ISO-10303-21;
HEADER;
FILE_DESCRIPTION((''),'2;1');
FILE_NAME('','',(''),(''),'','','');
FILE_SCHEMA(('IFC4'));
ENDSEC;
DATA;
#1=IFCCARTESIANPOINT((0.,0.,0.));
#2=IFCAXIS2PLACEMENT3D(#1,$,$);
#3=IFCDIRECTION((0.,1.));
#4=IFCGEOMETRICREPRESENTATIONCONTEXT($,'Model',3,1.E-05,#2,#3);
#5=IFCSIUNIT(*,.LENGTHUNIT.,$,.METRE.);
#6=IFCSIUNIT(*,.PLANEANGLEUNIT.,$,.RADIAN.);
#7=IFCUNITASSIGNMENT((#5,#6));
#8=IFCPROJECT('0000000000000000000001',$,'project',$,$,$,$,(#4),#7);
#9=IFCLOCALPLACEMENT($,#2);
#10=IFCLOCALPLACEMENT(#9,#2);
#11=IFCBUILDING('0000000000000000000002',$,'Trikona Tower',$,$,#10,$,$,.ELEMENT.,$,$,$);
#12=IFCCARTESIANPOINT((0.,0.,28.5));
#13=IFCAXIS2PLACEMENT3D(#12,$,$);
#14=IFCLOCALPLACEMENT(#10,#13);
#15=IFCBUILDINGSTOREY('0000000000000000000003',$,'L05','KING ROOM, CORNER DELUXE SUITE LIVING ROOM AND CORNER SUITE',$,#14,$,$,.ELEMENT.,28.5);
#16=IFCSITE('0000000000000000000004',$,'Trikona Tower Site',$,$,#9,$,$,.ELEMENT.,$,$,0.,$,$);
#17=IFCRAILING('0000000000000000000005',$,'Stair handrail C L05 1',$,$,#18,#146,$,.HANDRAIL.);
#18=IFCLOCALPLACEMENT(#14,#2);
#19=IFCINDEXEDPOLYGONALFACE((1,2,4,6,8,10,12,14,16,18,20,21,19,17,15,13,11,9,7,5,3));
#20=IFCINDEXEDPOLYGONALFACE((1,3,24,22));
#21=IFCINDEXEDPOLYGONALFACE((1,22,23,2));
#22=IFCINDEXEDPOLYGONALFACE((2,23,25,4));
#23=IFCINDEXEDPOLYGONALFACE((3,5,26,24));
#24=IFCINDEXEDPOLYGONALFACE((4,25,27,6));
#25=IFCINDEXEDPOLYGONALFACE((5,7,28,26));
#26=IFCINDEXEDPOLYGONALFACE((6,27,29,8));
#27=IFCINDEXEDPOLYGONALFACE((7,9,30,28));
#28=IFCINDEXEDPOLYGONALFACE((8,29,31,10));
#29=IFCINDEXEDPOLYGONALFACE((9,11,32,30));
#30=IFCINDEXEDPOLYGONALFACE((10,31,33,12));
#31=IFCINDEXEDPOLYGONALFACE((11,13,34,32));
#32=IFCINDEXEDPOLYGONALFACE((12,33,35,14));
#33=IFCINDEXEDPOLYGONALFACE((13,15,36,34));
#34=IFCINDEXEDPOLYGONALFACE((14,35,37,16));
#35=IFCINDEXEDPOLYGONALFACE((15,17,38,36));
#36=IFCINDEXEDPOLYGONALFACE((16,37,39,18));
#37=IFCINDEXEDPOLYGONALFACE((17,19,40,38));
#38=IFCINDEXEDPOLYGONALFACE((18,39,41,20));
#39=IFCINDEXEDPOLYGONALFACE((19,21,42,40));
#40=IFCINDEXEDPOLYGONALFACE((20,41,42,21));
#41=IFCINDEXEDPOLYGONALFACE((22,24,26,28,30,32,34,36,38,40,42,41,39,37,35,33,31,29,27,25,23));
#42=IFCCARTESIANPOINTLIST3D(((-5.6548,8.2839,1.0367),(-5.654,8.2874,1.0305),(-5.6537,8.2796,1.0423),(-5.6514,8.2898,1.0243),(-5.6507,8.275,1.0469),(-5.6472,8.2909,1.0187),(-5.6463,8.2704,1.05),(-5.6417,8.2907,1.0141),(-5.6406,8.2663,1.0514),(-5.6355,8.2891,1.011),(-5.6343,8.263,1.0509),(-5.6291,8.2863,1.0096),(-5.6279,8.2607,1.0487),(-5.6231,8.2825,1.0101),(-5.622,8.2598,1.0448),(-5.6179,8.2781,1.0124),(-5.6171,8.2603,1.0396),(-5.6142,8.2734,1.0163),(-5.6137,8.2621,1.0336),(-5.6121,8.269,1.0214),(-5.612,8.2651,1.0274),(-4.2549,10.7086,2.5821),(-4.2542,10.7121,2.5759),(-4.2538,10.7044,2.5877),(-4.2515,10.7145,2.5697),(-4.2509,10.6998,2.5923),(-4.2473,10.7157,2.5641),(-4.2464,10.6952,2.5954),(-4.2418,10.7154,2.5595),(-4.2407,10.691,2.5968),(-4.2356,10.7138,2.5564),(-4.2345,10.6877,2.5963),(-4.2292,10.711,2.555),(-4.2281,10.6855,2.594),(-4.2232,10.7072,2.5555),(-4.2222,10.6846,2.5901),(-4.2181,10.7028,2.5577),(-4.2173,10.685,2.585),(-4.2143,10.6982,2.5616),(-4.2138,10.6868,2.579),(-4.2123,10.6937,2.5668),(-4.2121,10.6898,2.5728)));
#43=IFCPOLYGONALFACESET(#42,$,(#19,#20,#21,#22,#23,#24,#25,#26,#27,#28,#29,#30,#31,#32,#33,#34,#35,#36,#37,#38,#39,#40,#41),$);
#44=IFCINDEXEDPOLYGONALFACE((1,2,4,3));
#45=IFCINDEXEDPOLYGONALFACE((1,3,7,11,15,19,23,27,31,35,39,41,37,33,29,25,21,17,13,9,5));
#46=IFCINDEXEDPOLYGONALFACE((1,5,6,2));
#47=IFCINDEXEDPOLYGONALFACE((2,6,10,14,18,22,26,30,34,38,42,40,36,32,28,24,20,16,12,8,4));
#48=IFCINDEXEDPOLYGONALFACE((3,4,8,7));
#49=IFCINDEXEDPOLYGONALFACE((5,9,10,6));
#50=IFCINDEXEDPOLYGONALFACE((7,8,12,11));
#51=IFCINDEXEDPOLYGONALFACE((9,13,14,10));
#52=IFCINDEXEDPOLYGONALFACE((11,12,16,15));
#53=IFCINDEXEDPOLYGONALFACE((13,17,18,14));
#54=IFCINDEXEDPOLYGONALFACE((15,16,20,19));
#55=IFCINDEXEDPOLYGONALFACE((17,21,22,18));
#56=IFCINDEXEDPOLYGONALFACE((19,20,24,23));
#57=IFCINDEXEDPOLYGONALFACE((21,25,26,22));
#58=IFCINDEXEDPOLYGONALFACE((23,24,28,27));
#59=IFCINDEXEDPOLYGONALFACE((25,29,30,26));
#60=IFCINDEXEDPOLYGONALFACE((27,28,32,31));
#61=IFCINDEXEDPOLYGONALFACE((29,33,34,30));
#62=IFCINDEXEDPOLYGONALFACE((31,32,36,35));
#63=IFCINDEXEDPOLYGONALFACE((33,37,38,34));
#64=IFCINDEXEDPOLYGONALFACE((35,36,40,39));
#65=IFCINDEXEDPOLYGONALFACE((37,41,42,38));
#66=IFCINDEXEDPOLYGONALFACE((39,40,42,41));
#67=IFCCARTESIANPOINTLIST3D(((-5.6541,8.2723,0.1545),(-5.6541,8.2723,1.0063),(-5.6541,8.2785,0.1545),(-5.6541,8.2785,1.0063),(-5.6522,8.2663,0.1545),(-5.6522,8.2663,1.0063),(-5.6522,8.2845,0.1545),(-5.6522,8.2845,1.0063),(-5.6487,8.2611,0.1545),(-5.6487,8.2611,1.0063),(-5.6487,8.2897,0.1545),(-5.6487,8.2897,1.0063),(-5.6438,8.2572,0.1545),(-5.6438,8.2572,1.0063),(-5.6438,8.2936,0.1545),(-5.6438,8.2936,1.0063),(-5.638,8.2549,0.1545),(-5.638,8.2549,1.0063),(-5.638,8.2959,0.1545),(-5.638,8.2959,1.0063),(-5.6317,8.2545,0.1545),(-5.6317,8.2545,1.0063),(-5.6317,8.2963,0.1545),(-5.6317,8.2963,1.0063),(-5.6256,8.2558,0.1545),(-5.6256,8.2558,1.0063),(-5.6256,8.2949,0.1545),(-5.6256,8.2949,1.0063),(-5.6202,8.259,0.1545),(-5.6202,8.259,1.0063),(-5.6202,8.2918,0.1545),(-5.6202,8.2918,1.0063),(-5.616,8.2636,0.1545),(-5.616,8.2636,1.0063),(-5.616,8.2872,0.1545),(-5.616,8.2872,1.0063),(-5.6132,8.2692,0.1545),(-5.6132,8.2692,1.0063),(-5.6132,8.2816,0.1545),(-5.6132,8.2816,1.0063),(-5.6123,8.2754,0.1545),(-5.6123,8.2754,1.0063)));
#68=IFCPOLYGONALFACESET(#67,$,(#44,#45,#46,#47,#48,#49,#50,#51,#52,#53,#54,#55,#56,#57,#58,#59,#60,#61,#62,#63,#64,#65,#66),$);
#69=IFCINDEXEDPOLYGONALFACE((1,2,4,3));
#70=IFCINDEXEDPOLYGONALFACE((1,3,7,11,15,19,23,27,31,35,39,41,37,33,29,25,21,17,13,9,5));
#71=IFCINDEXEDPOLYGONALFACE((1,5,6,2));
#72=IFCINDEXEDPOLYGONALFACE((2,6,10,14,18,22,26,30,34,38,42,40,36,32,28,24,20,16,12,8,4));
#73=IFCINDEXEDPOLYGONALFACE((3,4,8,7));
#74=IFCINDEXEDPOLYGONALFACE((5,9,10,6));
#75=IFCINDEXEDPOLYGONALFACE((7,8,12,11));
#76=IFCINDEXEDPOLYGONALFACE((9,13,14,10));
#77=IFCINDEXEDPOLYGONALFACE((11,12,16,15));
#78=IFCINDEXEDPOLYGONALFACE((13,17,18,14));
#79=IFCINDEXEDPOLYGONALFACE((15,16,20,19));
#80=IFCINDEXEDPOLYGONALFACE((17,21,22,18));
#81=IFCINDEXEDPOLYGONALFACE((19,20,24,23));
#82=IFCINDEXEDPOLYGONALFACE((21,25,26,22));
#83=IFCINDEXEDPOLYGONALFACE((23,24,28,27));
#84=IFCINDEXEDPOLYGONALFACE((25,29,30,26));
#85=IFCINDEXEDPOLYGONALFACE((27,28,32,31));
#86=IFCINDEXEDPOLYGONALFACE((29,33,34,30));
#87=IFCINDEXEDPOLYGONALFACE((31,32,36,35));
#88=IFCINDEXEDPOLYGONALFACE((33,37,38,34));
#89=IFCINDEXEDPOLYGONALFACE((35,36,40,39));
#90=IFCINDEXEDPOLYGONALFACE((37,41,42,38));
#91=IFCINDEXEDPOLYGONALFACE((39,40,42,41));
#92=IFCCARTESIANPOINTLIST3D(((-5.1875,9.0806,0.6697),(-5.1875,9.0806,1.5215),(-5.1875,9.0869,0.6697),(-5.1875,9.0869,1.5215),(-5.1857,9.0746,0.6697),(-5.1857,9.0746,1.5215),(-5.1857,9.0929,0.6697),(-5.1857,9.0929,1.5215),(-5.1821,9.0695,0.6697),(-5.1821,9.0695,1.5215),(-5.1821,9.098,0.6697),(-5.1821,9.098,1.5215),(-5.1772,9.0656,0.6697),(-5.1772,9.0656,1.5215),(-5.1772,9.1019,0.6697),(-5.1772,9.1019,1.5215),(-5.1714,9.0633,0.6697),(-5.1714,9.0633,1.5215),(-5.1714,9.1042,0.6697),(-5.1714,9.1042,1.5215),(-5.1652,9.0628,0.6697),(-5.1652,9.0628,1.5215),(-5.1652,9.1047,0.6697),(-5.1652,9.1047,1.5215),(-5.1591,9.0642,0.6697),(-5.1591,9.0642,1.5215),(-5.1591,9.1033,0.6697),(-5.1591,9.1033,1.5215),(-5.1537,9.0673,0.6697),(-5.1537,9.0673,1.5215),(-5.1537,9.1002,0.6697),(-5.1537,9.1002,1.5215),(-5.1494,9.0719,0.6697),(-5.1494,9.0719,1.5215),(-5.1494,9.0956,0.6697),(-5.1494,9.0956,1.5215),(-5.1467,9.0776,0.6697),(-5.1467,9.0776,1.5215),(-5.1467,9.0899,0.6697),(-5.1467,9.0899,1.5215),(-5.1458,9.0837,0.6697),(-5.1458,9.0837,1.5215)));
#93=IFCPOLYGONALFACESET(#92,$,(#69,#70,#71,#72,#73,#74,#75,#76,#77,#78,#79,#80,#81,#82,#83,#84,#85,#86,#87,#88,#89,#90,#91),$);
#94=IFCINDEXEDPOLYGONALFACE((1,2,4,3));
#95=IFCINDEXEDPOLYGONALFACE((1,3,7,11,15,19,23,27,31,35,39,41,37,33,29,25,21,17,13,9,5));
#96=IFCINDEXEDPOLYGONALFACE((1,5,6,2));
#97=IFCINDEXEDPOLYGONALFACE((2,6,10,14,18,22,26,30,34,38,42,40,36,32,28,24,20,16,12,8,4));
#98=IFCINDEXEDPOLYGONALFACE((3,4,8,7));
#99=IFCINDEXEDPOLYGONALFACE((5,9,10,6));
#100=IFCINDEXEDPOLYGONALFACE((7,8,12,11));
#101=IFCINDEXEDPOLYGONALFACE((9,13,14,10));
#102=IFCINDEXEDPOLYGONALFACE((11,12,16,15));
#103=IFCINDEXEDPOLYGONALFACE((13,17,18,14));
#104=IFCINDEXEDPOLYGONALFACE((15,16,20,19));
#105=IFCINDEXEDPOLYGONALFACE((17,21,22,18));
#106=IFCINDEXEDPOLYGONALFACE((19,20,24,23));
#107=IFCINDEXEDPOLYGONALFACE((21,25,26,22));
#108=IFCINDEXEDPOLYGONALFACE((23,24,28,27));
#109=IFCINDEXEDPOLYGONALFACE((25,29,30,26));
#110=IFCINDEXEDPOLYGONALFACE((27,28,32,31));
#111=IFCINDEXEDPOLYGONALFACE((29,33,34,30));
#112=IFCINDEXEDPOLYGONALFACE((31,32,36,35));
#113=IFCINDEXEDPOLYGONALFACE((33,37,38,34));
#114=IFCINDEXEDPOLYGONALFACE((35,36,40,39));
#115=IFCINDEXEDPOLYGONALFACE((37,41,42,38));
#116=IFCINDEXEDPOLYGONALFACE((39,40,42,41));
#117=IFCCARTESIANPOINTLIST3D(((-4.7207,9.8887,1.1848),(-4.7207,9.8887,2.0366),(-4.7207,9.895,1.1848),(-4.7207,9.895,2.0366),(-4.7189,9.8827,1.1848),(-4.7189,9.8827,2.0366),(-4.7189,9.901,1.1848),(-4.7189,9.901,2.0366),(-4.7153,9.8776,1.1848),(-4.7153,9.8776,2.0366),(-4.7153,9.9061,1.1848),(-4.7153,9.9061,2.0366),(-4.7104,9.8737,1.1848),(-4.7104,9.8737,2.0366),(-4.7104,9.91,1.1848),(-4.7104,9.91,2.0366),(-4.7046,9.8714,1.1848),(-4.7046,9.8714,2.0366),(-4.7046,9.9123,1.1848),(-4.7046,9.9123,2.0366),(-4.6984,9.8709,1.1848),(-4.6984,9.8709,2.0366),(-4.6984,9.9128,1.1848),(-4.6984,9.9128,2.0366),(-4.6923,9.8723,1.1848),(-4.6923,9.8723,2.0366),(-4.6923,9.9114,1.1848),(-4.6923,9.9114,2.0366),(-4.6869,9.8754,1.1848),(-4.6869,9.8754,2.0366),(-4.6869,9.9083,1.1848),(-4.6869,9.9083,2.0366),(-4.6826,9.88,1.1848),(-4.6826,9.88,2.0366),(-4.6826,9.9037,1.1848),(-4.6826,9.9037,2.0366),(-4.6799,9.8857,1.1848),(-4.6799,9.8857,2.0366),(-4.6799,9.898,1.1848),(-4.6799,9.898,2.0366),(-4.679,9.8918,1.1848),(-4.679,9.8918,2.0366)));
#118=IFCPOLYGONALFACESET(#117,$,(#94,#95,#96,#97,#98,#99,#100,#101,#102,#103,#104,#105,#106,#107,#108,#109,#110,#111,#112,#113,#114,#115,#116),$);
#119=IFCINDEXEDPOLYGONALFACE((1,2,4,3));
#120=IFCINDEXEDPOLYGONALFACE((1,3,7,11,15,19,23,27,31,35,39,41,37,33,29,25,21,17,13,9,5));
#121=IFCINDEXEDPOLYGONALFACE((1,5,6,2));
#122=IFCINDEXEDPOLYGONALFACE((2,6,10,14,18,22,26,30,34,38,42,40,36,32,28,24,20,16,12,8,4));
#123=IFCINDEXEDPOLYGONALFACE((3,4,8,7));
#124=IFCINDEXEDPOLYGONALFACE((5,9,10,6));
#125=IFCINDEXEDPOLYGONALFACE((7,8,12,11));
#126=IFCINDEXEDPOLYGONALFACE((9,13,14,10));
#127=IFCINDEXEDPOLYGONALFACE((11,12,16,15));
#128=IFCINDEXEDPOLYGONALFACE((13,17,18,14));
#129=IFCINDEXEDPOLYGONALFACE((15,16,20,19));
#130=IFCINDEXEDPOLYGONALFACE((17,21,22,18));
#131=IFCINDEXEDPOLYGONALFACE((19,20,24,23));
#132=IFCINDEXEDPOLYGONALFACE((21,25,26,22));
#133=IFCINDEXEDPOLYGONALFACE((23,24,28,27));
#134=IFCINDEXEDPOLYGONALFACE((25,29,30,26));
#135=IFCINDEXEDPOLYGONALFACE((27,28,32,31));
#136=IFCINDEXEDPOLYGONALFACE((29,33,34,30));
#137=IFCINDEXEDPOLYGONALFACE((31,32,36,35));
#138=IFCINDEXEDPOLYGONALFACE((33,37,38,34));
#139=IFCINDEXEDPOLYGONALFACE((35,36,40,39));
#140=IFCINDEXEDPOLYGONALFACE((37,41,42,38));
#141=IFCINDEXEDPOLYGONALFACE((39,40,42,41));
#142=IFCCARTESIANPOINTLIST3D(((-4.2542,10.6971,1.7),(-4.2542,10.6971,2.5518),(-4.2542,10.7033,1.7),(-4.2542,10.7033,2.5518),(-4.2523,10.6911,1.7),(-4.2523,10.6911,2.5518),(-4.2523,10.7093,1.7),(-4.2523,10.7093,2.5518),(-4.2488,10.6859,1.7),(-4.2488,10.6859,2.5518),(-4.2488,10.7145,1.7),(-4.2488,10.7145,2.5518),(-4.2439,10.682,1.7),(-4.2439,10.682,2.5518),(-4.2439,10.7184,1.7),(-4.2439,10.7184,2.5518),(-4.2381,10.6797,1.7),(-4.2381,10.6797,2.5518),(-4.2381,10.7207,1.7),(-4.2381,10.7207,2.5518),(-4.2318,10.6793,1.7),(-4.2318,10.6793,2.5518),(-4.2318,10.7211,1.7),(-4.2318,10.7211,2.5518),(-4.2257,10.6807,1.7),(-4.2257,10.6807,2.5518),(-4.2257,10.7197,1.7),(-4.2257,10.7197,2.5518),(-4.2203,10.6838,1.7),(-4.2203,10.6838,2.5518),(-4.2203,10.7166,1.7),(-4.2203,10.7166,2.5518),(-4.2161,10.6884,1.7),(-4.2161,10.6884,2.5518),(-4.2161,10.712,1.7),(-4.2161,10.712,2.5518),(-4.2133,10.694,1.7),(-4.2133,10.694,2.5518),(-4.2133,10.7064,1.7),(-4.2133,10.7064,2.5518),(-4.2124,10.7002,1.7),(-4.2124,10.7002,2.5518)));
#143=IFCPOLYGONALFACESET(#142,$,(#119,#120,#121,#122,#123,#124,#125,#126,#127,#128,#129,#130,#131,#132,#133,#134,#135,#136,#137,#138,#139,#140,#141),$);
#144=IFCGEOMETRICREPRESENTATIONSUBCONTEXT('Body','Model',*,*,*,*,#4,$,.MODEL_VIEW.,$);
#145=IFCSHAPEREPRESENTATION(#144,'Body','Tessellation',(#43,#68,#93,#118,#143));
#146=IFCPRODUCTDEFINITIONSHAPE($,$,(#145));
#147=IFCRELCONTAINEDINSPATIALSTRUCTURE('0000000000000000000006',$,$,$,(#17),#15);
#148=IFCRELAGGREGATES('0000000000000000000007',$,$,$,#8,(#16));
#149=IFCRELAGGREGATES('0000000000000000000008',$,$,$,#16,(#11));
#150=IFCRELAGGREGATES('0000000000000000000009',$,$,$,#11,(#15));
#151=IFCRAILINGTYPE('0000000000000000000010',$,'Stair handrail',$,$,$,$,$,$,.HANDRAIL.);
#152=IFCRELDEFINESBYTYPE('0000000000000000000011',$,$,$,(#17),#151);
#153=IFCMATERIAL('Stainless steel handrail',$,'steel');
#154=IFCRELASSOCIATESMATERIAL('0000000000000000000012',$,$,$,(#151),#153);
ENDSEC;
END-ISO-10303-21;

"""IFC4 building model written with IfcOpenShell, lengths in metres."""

from ifc_helpers import new_model, si_unit, direction, frame, origin, origin_2d, place, context, subcontext, project, spatial, circle, extrude, material, type_object, element, save


model = new_model("IFC4")

# Units and contexts
model_context = context("Model", 3, precision=1e-05, world=origin(), true_north=direction((0.0, 1.0)))
body_context = subcontext(model_context, "Body", "Model", "MODEL_VIEW")
ifc_project = project(units=[si_unit("LENGTHUNIT", "METRE"), si_unit("PLANEANGLEUNIT", "RADIAN")], contexts=[model_context])

# Site, building, storey
site_placement = place(None, origin())
site = spatial("IfcSite", under=ifc_project, at=site_placement, Name="Trikona Tower Site", CompositionType="ELEMENT", RefElevation=0.0)
building_placement = place(site_placement, origin())
building = spatial("IfcBuilding", under=site, at=building_placement, Name="Trikona Tower", CompositionType="ELEMENT")
storey_placement = place(building_placement, frame((0.0, 0.0, 28.5)))
storey = spatial("IfcBuildingStorey", under=building, at=storey_placement, Name="L05", Description="KING ROOM, CORNER DELUXE SUITE LIVING ROOM AND CORNER SUITE", CompositionType="ELEMENT", Elevation=28.5)

# Railing
ifc_material_1 = material(Name="Stainless steel handrail", Category="steel")
railing_type = type_object("IfcRailingType", Name="Stair handrail", PredefinedType="HANDRAIL", material=ifc_material_1)
railing_1_placement = place(storey_placement, frame((-5.6333, 8.2754, 0.1545)))
element("IfcRailing", 1, at=railing_1_placement, inside=storey, type_object=railing_type, Name="Stair handrail C L05 1", PredefinedType="HANDRAIL", context=body_context, shape_type="SweptSolid", body=[
    extrude(circle(Radius=0.0239, at=origin_2d()), frame((0.0, 0.0, 0.876), z_axis=(0.437733, 0.758207, 0.483231), x_axis=(-0.866035, 0.499984, 0.0)), (0.0, 0.0, 1.0), 3.198),
    extrude(circle(Radius=0.021, at=origin_2d()), origin(), (0.0, 0.0, 1.0), 0.8518),
    extrude(circle(Radius=0.021, at=origin_2d()), frame((0.4666, 0.8083, 0.5151)), (0.0, 0.0, 1.0), 0.8518),
    extrude(circle(Radius=0.021, at=origin_2d()), frame((0.9333, 1.6165, 1.0303)), (0.0, 0.0, 1.0), 0.8518),
    extrude(circle(Radius=0.021, at=origin_2d()), frame((1.3999, 2.4248, 1.5454)), (0.0, 0.0, 1.0), 0.8518),
])

save(model, "model.ifc")
